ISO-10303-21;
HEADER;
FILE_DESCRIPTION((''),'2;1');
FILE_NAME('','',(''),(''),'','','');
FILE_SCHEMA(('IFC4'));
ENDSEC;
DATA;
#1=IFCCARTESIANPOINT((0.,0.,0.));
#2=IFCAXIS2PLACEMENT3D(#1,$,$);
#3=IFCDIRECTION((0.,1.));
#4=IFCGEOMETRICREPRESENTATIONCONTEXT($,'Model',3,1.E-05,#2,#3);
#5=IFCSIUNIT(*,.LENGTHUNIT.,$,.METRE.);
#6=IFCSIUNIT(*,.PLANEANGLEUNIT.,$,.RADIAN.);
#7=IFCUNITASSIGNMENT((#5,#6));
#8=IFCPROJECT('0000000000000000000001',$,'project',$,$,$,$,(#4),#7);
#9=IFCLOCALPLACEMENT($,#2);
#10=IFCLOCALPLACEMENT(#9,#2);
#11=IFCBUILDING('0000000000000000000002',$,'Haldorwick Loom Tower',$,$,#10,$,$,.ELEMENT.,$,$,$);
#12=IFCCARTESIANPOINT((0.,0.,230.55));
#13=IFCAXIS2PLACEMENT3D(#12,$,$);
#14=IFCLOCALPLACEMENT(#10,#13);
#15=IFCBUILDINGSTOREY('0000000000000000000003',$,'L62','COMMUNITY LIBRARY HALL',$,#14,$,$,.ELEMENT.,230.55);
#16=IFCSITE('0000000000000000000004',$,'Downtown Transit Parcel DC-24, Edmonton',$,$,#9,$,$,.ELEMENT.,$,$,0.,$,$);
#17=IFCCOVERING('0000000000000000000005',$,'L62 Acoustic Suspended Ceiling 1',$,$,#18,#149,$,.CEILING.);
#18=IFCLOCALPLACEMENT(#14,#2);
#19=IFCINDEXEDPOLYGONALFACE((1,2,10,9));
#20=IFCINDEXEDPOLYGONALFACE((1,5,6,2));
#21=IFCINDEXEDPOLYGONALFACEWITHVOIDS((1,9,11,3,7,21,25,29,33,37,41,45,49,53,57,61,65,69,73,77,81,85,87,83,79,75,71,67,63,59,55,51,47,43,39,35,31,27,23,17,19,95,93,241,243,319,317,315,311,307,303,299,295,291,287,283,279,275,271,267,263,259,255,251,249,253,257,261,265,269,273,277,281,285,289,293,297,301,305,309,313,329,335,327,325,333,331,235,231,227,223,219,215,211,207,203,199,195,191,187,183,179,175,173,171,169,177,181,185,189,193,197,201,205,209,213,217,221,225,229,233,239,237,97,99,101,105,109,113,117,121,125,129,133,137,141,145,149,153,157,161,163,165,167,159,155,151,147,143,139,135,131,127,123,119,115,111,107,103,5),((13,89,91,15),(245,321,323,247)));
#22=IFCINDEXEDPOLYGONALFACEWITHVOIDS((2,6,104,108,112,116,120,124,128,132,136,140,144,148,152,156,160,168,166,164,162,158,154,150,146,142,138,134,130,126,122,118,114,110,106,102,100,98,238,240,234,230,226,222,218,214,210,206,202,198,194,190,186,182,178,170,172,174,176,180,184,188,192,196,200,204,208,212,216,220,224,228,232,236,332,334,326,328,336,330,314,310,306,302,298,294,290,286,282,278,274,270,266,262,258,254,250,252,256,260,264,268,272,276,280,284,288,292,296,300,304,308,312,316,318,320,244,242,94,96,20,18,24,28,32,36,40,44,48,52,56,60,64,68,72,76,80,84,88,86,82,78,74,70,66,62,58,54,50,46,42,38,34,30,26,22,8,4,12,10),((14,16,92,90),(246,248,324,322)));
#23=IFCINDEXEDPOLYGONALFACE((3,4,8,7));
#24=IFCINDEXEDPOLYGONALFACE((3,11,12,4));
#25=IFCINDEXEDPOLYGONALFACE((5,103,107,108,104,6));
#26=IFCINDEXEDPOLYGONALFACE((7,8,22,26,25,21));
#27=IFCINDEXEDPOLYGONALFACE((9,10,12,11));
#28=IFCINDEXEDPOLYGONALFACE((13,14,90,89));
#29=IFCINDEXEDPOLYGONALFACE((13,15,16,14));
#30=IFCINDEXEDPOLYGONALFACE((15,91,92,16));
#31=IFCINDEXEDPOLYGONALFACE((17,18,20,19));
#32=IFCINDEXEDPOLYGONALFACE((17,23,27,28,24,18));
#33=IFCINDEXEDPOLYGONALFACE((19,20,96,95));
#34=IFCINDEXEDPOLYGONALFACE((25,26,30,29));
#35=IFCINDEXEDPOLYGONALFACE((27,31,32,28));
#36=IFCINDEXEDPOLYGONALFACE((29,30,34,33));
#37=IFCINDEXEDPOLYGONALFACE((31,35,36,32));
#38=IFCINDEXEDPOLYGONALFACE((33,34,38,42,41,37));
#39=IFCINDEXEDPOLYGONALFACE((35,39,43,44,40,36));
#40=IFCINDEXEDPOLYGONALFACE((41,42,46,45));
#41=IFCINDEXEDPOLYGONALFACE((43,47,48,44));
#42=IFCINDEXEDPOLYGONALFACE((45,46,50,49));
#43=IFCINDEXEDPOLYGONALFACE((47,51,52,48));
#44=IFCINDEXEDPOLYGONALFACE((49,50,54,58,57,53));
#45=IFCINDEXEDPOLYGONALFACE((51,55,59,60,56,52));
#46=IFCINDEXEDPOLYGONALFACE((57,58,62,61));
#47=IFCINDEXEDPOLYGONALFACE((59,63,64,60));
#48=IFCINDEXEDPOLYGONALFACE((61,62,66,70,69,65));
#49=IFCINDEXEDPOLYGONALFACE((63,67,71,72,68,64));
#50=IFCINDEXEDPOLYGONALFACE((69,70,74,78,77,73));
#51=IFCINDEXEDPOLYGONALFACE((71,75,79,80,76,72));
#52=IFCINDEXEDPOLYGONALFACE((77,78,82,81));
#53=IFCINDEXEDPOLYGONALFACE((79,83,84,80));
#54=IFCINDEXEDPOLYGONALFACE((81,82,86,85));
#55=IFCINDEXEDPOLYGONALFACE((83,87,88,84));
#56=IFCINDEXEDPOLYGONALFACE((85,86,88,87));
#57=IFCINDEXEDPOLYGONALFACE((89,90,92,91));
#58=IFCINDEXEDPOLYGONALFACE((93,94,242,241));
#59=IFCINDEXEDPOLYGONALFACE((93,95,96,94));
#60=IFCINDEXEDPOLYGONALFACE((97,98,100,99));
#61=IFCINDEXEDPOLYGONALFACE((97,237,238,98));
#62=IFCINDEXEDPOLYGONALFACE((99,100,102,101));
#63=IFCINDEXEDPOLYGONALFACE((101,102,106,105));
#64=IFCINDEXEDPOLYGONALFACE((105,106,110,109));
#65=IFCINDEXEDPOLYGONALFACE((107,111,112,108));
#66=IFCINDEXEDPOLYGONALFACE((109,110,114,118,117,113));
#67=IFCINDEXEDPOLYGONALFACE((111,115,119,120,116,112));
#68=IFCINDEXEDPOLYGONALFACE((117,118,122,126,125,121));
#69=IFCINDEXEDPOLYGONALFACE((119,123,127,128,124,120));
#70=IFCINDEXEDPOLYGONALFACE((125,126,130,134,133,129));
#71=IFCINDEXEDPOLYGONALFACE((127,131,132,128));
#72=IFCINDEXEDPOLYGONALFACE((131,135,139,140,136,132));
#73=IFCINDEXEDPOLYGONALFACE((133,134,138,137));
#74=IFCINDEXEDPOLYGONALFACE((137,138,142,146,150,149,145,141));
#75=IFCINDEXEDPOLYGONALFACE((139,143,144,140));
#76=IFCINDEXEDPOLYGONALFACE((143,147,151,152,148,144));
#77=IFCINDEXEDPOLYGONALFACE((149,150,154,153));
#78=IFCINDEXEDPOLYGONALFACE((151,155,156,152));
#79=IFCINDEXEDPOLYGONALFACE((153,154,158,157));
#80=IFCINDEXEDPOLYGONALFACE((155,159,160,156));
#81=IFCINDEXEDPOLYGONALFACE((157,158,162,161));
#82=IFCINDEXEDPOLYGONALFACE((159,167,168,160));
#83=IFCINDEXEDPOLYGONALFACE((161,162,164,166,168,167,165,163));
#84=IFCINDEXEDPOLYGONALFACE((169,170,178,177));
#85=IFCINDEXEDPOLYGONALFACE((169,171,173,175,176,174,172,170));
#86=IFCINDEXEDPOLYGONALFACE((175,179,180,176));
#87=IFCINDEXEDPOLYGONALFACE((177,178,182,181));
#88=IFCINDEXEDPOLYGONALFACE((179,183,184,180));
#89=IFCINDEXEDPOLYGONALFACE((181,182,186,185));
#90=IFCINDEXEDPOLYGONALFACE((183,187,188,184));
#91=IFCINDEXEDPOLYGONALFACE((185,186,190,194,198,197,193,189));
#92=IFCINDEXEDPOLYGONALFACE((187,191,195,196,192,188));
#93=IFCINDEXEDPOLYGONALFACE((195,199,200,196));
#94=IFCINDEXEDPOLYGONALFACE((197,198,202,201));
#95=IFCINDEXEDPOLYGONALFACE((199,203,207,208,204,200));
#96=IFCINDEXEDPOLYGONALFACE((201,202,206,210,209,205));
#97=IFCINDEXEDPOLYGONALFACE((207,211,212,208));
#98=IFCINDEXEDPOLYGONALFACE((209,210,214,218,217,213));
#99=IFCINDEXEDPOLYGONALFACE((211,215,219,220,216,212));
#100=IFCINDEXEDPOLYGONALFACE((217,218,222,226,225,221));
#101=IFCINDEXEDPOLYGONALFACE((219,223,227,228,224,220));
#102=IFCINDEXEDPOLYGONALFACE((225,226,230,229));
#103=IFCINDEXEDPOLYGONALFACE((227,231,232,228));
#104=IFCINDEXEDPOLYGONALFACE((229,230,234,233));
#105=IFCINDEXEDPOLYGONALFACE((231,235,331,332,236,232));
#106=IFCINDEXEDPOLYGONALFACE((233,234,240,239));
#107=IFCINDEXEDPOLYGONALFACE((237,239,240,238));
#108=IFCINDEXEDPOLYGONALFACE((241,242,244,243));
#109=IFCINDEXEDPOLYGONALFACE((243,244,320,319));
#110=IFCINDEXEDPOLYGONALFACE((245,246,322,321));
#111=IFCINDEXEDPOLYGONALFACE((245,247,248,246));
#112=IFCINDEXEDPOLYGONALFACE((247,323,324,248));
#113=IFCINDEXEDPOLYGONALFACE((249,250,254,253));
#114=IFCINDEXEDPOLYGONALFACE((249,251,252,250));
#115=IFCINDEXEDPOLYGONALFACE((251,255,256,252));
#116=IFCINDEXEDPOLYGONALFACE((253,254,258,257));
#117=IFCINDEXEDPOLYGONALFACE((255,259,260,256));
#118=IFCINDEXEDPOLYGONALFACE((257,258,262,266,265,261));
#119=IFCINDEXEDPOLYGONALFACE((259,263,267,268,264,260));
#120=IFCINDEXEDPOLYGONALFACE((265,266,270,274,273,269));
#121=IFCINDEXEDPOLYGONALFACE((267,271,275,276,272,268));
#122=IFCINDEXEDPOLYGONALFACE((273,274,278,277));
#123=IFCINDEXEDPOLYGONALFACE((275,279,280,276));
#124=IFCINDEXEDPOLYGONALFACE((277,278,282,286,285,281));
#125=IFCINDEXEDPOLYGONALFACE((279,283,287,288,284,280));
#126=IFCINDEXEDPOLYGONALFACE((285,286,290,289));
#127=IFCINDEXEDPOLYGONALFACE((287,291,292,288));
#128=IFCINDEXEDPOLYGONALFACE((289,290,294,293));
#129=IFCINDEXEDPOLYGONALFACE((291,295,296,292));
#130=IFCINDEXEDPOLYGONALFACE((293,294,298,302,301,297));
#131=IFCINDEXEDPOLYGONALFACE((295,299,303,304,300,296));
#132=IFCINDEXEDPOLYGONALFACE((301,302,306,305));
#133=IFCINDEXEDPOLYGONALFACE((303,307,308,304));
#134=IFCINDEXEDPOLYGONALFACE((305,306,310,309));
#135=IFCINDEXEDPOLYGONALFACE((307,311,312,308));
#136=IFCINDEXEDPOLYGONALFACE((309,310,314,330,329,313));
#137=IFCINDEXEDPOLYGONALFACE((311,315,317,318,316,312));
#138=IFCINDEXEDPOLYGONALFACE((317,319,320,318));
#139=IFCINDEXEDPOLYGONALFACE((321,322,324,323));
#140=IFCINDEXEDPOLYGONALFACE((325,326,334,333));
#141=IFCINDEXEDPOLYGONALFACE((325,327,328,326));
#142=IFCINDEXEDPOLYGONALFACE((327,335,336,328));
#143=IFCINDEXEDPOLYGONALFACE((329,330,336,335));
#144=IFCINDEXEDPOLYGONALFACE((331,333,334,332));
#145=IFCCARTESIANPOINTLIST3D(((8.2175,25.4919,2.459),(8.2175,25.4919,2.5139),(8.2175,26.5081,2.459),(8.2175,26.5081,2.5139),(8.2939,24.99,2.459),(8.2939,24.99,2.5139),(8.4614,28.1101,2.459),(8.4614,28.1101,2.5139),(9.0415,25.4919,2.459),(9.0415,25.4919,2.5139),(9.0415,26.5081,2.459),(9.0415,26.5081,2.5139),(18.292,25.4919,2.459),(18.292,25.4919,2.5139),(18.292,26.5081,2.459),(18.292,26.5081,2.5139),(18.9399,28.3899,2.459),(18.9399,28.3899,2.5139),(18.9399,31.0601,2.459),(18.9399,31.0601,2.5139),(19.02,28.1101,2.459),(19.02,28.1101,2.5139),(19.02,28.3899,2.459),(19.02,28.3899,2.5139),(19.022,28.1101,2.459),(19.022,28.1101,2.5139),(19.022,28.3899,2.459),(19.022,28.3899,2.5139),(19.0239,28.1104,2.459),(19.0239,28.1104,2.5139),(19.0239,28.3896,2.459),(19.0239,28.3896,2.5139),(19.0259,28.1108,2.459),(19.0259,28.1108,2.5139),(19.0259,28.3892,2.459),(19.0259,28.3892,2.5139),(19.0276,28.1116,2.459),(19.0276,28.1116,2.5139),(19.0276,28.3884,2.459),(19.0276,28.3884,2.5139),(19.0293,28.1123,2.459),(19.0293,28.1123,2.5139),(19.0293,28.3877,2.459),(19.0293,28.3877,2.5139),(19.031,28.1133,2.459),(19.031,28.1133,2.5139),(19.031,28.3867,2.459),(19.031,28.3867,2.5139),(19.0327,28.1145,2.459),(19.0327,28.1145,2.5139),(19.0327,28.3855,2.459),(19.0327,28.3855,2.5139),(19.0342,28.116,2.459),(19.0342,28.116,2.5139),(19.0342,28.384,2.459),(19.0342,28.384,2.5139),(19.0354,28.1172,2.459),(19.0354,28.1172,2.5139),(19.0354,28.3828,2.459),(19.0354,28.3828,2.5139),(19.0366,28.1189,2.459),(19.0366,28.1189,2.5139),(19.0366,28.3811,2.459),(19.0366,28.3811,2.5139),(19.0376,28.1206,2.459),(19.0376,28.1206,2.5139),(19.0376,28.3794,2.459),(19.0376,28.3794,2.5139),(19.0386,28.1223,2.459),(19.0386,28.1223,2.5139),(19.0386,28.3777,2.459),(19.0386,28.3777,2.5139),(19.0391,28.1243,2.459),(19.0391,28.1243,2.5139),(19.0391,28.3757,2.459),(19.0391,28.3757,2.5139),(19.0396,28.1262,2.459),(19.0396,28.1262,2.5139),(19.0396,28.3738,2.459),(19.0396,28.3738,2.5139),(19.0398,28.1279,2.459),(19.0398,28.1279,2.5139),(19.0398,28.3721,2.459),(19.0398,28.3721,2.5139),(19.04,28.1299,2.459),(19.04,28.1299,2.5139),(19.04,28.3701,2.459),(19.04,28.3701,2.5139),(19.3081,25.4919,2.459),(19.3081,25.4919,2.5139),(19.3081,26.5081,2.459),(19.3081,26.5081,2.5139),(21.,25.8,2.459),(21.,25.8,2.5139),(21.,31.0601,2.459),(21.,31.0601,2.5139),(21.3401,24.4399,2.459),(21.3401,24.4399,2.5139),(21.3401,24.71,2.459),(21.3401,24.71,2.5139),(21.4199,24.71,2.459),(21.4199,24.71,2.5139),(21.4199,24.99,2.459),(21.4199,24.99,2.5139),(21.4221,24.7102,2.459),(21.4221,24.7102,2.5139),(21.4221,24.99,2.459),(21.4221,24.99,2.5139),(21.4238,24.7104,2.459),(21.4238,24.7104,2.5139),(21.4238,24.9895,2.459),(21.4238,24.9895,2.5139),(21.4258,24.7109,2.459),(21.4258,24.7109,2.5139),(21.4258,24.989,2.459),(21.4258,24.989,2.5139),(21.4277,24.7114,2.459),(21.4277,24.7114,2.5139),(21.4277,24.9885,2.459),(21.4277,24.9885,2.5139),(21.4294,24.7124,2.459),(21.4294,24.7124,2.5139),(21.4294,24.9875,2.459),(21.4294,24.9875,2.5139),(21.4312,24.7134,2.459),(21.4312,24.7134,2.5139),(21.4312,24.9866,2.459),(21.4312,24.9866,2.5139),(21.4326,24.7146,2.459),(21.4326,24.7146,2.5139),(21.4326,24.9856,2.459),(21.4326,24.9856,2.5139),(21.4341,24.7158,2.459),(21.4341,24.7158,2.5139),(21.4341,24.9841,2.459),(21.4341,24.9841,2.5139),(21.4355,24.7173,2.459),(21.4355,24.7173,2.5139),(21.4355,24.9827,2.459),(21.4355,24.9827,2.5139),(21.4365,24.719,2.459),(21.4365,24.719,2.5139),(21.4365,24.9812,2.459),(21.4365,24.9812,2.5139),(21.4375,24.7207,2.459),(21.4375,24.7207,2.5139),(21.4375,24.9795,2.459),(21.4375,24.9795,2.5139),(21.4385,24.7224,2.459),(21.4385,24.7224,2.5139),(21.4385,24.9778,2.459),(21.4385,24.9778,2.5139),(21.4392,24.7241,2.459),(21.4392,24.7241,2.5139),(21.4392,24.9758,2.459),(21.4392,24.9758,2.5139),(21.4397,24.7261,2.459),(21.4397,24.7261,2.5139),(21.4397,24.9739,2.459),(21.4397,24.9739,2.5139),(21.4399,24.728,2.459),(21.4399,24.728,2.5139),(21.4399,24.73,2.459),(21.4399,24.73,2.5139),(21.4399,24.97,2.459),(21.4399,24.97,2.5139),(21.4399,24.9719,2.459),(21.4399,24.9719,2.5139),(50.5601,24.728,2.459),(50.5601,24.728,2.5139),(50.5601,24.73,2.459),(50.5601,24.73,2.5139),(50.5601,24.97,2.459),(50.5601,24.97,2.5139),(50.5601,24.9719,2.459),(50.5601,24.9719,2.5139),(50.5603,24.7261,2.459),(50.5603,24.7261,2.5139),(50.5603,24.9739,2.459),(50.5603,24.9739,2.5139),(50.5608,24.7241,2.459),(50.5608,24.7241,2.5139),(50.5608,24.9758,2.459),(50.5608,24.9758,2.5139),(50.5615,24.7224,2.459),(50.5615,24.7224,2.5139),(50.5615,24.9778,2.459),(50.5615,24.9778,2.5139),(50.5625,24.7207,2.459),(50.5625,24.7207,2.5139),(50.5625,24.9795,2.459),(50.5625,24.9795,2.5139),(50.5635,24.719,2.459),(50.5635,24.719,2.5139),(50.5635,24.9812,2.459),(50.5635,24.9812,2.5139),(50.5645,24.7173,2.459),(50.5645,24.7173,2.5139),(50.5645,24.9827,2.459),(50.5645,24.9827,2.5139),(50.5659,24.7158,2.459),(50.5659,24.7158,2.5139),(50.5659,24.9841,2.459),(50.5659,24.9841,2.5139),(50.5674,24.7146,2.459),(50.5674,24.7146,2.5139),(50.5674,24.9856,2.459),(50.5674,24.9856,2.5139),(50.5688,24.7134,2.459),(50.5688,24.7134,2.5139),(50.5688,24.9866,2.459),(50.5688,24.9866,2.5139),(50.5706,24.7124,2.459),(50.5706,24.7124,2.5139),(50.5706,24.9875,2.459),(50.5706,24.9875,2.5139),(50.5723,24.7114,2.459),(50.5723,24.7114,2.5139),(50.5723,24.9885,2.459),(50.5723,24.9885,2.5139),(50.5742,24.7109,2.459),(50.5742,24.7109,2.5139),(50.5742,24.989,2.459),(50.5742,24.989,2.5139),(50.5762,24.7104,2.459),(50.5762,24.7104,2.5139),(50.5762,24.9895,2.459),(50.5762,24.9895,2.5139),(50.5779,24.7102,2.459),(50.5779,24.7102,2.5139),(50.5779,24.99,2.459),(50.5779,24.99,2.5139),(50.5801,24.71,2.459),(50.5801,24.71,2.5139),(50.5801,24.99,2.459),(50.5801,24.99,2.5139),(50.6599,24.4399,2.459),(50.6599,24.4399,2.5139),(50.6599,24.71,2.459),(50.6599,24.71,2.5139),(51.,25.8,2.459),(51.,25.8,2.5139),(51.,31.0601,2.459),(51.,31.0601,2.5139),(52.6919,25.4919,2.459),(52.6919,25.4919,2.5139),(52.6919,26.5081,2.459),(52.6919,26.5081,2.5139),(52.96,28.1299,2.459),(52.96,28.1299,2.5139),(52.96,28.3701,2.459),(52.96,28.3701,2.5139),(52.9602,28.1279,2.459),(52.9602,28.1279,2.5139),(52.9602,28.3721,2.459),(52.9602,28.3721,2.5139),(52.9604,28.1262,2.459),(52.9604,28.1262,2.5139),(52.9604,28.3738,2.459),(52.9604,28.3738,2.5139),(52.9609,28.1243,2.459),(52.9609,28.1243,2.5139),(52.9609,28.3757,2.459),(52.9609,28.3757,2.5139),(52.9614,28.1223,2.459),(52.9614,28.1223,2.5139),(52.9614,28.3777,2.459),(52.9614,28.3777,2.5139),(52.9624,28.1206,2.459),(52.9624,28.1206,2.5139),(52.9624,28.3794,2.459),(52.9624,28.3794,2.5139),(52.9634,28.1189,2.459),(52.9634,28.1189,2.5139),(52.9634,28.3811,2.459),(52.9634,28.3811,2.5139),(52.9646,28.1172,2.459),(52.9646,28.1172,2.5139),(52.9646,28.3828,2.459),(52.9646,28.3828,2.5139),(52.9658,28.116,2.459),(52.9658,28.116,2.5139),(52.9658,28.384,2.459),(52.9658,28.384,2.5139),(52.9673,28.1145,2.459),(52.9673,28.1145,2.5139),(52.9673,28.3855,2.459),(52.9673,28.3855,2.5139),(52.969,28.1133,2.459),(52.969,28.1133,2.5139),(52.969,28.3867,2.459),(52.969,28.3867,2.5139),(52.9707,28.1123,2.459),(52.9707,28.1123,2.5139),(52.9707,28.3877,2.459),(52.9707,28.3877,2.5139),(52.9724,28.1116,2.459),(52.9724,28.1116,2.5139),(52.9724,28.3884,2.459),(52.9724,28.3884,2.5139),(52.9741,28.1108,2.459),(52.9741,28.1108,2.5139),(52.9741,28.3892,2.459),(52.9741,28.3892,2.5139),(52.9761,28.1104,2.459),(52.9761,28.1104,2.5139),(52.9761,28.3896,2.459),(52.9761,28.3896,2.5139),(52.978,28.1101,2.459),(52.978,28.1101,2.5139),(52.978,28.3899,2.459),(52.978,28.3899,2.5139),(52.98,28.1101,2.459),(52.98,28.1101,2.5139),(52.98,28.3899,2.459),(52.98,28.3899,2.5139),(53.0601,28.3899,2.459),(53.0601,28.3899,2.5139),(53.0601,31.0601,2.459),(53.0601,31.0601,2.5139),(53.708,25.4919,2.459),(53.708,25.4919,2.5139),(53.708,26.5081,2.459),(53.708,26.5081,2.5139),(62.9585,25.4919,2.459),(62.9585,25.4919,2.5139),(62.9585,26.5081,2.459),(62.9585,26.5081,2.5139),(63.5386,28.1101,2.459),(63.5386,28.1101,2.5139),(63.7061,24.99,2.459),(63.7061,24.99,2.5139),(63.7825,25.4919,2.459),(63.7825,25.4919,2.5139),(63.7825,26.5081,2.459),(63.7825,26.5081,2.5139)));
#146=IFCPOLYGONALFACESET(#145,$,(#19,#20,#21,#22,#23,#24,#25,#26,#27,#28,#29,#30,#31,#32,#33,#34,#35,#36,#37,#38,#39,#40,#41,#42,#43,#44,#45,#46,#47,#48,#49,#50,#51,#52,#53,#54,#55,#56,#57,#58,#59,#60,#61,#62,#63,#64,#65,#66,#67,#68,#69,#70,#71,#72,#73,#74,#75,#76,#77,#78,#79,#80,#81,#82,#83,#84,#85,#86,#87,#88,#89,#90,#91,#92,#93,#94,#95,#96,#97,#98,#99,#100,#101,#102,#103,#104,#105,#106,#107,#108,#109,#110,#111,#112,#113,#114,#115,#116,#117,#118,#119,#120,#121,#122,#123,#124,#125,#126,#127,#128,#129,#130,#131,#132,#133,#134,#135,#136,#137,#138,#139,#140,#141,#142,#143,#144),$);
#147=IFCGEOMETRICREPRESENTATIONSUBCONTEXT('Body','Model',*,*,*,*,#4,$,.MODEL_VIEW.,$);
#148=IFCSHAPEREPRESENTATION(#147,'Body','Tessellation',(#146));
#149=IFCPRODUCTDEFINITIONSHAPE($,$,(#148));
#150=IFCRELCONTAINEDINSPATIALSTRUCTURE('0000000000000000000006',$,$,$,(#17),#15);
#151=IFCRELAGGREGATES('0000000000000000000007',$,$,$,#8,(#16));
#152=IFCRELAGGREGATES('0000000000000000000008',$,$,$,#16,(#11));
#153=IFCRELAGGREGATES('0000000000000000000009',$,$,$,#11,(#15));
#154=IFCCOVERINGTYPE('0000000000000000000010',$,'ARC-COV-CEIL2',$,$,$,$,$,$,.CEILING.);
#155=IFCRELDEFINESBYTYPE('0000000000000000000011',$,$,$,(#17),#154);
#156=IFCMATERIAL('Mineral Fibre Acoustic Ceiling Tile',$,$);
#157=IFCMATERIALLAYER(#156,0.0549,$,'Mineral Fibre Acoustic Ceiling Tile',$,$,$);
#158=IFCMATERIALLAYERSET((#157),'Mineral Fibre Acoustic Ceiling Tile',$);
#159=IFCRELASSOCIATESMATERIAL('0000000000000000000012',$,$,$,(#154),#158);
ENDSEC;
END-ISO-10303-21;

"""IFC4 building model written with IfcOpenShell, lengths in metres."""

from ifc_helpers import new_model, si_unit, direction, frame, origin, place, context, subcontext, project, spatial, polyline, outline, extrude, material, layer, layer_set, type_object, element, save


model = new_model("IFC4")

# Units and contexts
model_context = context("Model", 3, precision=1e-05, world=origin(), true_north=direction((0.0, 1.0)))
body_context = subcontext(model_context, "Body", "Model", "MODEL_VIEW")
ifc_project = project(units=[si_unit("LENGTHUNIT", "METRE"), si_unit("PLANEANGLEUNIT", "RADIAN")], contexts=[model_context])

# Site, building, storey
site_placement = place(None, origin())
site = spatial("IfcSite", under=ifc_project, at=site_placement, Name="Downtown Transit Parcel DC-24, Edmonton", CompositionType="ELEMENT", RefElevation=0.0)
building_placement = place(site_placement, origin())
building = spatial("IfcBuilding", under=site, at=building_placement, Name="Haldorwick Loom Tower", CompositionType="ELEMENT")
storey_placement = place(building_placement, frame((0.0, 0.0, 230.55)))
storey = spatial("IfcBuildingStorey", under=building, at=storey_placement, Name="L62", Description="COMMUNITY LIBRARY HALL", CompositionType="ELEMENT", Elevation=230.55)

# Covering
ifc_material_1 = material(Name="Mineral Fibre Acoustic Ceiling Tile")
ifc_layer_1 = layer(ifc_material_1, 0.0549, Name="Mineral Fibre Acoustic Ceiling Tile")
ifc_layer_set_1 = layer_set([ifc_layer_1], Name="Mineral Fibre Acoustic Ceiling Tile")
covering_type_1 = type_object("IfcCoveringType", Name="ARC-COV-CEIL2", PredefinedType="CEILING", material=ifc_layer_set_1)
covering_1_placement = place(storey_placement, frame((0.0, 0.0, 2.459)))
element("IfcCovering", 1, at=covering_1_placement, inside=storey, type_object=covering_type_1, Name="L62 Acoustic Suspended Ceiling 1", PredefinedType="CEILING", context=body_context, shape_type="SweptSolid", body=[
    extrude(outline(polyline([(8.2939, 24.99), (21.4199, 24.99), (21.4221, 24.99), (21.4238, 24.9895), (21.4258, 24.989), (21.4277, 24.9885), (21.4294, 24.9875), (21.4312, 24.9866), (21.4326, 24.9856), (21.4341, 24.9841), (21.4355, 24.9827), (21.4365, 24.9812), (21.4375, 24.9795), (21.4385, 24.9778), (21.4392, 24.9758), (21.4397, 24.9739), (21.4399, 24.9719), (21.4399, 24.97), (21.4399, 24.73), (21.4399, 24.728), (21.4397, 24.7261), (21.4392, 24.7241), (21.4385, 24.7224), (21.4375, 24.7207), (21.4365, 24.719), (21.4355, 24.7173), (21.4341, 24.7158), (21.4326, 24.7146), (21.4312, 24.7134), (21.4294, 24.7124), (21.4277, 24.7114), (21.4258, 24.7109), (21.4238, 24.7104), (21.4221, 24.7102), (21.4199, 24.71), (21.3401, 24.71), (21.3401, 24.4399), (50.6599, 24.4399), (50.6599, 24.71), (50.5801, 24.71), (50.5779, 24.7102), (50.5762, 24.7104), (50.5742, 24.7109), (50.5723, 24.7114), (50.5706, 24.7124), (50.5688, 24.7134), (50.5674, 24.7146), (50.5659, 24.7158), (50.5645, 24.7173), (50.5635, 24.719), (50.5625, 24.7207), (50.5615, 24.7224), (50.5608, 24.7241), (50.5603, 24.7261), (50.5601, 24.728), (50.5601, 24.73), (50.5601, 24.97), (50.5601, 24.9719), (50.5603, 24.9739), (50.5608, 24.9758), (50.5615, 24.9778), (50.5625, 24.9795), (50.5635, 24.9812), (50.5645, 24.9827), (50.5659, 24.9841), (50.5674, 24.9856), (50.5688, 24.9866), (50.5706, 24.9875), (50.5723, 24.9885), (50.5742, 24.989), (50.5762, 24.9895), (50.5779, 24.99), (50.5801, 24.99), (63.7061, 24.99), (63.7825, 25.4919), (62.9585, 25.4919), (62.9585, 26.5081), (63.7825, 26.5081), (63.5386, 28.1101), (52.98, 28.1101), (52.978, 28.1101), (52.9761, 28.1104), (52.9741, 28.1108), (52.9724, 28.1116), (52.9707, 28.1123), (52.969, 28.1133), (52.9673, 28.1145), (52.9658, 28.116), (52.9646, 28.1172), (52.9634, 28.1189), (52.9624, 28.1206), (52.9614, 28.1223), (52.9609, 28.1243), (52.9604, 28.1262), (52.9602, 28.1279), (52.96, 28.1299), (52.96, 28.3701), (52.9602, 28.3721), (52.9604, 28.3738), (52.9609, 28.3757), (52.9614, 28.3777), (52.9624, 28.3794), (52.9634, 28.3811), (52.9646, 28.3828), (52.9658, 28.384), (52.9673, 28.3855), (52.969, 28.3867), (52.9707, 28.3877), (52.9724, 28.3884), (52.9741, 28.3892), (52.9761, 28.3896), (52.978, 28.3899), (52.98, 28.3899), (53.0601, 28.3899), (53.0601, 31.0601), (51.0, 31.0601), (51.0, 25.8), (21.0, 25.8), (21.0, 31.0601), (18.9399, 31.0601), (18.9399, 28.3899), (19.02, 28.3899), (19.022, 28.3899), (19.0239, 28.3896), (19.0259, 28.3892), (19.0276, 28.3884), (19.0293, 28.3877), (19.031, 28.3867), (19.0327, 28.3855), (19.0342, 28.384), (19.0354, 28.3828), (19.0366, 28.3811), (19.0376, 28.3794), (19.0386, 28.3777), (19.0391, 28.3757), (19.0396, 28.3738), (19.0398, 28.3721), (19.04, 28.3701), (19.04, 28.1299), (19.0398, 28.1279), (19.0396, 28.1262), (19.0391, 28.1243), (19.0386, 28.1223), (19.0376, 28.1206), (19.0366, 28.1189), (19.0354, 28.1172), (19.0342, 28.116), (19.0327, 28.1145), (19.031, 28.1133), (19.0293, 28.1123), (19.0276, 28.1116), (19.0259, 28.1108), (19.0239, 28.1104), (19.022, 28.1101), (19.02, 28.1101), (8.4614, 28.1101), (8.2175, 26.5081), (9.0415, 26.5081), (9.0415, 25.4919), (8.2175, 25.4919), (8.2939, 24.99)]), holes=[polyline([(19.3081, 26.5081), (19.3081, 25.4919), (18.292, 25.4919), (18.292, 26.5081), (19.3081, 26.5081)]), polyline([(53.708, 26.5081), (53.708, 25.4919), (52.6919, 25.4919), (52.6919, 26.5081), (53.708, 26.5081)])]), origin(), (0.0, 0.0, 1.0), 0.0549),
])

save(model, "model.ifc")
